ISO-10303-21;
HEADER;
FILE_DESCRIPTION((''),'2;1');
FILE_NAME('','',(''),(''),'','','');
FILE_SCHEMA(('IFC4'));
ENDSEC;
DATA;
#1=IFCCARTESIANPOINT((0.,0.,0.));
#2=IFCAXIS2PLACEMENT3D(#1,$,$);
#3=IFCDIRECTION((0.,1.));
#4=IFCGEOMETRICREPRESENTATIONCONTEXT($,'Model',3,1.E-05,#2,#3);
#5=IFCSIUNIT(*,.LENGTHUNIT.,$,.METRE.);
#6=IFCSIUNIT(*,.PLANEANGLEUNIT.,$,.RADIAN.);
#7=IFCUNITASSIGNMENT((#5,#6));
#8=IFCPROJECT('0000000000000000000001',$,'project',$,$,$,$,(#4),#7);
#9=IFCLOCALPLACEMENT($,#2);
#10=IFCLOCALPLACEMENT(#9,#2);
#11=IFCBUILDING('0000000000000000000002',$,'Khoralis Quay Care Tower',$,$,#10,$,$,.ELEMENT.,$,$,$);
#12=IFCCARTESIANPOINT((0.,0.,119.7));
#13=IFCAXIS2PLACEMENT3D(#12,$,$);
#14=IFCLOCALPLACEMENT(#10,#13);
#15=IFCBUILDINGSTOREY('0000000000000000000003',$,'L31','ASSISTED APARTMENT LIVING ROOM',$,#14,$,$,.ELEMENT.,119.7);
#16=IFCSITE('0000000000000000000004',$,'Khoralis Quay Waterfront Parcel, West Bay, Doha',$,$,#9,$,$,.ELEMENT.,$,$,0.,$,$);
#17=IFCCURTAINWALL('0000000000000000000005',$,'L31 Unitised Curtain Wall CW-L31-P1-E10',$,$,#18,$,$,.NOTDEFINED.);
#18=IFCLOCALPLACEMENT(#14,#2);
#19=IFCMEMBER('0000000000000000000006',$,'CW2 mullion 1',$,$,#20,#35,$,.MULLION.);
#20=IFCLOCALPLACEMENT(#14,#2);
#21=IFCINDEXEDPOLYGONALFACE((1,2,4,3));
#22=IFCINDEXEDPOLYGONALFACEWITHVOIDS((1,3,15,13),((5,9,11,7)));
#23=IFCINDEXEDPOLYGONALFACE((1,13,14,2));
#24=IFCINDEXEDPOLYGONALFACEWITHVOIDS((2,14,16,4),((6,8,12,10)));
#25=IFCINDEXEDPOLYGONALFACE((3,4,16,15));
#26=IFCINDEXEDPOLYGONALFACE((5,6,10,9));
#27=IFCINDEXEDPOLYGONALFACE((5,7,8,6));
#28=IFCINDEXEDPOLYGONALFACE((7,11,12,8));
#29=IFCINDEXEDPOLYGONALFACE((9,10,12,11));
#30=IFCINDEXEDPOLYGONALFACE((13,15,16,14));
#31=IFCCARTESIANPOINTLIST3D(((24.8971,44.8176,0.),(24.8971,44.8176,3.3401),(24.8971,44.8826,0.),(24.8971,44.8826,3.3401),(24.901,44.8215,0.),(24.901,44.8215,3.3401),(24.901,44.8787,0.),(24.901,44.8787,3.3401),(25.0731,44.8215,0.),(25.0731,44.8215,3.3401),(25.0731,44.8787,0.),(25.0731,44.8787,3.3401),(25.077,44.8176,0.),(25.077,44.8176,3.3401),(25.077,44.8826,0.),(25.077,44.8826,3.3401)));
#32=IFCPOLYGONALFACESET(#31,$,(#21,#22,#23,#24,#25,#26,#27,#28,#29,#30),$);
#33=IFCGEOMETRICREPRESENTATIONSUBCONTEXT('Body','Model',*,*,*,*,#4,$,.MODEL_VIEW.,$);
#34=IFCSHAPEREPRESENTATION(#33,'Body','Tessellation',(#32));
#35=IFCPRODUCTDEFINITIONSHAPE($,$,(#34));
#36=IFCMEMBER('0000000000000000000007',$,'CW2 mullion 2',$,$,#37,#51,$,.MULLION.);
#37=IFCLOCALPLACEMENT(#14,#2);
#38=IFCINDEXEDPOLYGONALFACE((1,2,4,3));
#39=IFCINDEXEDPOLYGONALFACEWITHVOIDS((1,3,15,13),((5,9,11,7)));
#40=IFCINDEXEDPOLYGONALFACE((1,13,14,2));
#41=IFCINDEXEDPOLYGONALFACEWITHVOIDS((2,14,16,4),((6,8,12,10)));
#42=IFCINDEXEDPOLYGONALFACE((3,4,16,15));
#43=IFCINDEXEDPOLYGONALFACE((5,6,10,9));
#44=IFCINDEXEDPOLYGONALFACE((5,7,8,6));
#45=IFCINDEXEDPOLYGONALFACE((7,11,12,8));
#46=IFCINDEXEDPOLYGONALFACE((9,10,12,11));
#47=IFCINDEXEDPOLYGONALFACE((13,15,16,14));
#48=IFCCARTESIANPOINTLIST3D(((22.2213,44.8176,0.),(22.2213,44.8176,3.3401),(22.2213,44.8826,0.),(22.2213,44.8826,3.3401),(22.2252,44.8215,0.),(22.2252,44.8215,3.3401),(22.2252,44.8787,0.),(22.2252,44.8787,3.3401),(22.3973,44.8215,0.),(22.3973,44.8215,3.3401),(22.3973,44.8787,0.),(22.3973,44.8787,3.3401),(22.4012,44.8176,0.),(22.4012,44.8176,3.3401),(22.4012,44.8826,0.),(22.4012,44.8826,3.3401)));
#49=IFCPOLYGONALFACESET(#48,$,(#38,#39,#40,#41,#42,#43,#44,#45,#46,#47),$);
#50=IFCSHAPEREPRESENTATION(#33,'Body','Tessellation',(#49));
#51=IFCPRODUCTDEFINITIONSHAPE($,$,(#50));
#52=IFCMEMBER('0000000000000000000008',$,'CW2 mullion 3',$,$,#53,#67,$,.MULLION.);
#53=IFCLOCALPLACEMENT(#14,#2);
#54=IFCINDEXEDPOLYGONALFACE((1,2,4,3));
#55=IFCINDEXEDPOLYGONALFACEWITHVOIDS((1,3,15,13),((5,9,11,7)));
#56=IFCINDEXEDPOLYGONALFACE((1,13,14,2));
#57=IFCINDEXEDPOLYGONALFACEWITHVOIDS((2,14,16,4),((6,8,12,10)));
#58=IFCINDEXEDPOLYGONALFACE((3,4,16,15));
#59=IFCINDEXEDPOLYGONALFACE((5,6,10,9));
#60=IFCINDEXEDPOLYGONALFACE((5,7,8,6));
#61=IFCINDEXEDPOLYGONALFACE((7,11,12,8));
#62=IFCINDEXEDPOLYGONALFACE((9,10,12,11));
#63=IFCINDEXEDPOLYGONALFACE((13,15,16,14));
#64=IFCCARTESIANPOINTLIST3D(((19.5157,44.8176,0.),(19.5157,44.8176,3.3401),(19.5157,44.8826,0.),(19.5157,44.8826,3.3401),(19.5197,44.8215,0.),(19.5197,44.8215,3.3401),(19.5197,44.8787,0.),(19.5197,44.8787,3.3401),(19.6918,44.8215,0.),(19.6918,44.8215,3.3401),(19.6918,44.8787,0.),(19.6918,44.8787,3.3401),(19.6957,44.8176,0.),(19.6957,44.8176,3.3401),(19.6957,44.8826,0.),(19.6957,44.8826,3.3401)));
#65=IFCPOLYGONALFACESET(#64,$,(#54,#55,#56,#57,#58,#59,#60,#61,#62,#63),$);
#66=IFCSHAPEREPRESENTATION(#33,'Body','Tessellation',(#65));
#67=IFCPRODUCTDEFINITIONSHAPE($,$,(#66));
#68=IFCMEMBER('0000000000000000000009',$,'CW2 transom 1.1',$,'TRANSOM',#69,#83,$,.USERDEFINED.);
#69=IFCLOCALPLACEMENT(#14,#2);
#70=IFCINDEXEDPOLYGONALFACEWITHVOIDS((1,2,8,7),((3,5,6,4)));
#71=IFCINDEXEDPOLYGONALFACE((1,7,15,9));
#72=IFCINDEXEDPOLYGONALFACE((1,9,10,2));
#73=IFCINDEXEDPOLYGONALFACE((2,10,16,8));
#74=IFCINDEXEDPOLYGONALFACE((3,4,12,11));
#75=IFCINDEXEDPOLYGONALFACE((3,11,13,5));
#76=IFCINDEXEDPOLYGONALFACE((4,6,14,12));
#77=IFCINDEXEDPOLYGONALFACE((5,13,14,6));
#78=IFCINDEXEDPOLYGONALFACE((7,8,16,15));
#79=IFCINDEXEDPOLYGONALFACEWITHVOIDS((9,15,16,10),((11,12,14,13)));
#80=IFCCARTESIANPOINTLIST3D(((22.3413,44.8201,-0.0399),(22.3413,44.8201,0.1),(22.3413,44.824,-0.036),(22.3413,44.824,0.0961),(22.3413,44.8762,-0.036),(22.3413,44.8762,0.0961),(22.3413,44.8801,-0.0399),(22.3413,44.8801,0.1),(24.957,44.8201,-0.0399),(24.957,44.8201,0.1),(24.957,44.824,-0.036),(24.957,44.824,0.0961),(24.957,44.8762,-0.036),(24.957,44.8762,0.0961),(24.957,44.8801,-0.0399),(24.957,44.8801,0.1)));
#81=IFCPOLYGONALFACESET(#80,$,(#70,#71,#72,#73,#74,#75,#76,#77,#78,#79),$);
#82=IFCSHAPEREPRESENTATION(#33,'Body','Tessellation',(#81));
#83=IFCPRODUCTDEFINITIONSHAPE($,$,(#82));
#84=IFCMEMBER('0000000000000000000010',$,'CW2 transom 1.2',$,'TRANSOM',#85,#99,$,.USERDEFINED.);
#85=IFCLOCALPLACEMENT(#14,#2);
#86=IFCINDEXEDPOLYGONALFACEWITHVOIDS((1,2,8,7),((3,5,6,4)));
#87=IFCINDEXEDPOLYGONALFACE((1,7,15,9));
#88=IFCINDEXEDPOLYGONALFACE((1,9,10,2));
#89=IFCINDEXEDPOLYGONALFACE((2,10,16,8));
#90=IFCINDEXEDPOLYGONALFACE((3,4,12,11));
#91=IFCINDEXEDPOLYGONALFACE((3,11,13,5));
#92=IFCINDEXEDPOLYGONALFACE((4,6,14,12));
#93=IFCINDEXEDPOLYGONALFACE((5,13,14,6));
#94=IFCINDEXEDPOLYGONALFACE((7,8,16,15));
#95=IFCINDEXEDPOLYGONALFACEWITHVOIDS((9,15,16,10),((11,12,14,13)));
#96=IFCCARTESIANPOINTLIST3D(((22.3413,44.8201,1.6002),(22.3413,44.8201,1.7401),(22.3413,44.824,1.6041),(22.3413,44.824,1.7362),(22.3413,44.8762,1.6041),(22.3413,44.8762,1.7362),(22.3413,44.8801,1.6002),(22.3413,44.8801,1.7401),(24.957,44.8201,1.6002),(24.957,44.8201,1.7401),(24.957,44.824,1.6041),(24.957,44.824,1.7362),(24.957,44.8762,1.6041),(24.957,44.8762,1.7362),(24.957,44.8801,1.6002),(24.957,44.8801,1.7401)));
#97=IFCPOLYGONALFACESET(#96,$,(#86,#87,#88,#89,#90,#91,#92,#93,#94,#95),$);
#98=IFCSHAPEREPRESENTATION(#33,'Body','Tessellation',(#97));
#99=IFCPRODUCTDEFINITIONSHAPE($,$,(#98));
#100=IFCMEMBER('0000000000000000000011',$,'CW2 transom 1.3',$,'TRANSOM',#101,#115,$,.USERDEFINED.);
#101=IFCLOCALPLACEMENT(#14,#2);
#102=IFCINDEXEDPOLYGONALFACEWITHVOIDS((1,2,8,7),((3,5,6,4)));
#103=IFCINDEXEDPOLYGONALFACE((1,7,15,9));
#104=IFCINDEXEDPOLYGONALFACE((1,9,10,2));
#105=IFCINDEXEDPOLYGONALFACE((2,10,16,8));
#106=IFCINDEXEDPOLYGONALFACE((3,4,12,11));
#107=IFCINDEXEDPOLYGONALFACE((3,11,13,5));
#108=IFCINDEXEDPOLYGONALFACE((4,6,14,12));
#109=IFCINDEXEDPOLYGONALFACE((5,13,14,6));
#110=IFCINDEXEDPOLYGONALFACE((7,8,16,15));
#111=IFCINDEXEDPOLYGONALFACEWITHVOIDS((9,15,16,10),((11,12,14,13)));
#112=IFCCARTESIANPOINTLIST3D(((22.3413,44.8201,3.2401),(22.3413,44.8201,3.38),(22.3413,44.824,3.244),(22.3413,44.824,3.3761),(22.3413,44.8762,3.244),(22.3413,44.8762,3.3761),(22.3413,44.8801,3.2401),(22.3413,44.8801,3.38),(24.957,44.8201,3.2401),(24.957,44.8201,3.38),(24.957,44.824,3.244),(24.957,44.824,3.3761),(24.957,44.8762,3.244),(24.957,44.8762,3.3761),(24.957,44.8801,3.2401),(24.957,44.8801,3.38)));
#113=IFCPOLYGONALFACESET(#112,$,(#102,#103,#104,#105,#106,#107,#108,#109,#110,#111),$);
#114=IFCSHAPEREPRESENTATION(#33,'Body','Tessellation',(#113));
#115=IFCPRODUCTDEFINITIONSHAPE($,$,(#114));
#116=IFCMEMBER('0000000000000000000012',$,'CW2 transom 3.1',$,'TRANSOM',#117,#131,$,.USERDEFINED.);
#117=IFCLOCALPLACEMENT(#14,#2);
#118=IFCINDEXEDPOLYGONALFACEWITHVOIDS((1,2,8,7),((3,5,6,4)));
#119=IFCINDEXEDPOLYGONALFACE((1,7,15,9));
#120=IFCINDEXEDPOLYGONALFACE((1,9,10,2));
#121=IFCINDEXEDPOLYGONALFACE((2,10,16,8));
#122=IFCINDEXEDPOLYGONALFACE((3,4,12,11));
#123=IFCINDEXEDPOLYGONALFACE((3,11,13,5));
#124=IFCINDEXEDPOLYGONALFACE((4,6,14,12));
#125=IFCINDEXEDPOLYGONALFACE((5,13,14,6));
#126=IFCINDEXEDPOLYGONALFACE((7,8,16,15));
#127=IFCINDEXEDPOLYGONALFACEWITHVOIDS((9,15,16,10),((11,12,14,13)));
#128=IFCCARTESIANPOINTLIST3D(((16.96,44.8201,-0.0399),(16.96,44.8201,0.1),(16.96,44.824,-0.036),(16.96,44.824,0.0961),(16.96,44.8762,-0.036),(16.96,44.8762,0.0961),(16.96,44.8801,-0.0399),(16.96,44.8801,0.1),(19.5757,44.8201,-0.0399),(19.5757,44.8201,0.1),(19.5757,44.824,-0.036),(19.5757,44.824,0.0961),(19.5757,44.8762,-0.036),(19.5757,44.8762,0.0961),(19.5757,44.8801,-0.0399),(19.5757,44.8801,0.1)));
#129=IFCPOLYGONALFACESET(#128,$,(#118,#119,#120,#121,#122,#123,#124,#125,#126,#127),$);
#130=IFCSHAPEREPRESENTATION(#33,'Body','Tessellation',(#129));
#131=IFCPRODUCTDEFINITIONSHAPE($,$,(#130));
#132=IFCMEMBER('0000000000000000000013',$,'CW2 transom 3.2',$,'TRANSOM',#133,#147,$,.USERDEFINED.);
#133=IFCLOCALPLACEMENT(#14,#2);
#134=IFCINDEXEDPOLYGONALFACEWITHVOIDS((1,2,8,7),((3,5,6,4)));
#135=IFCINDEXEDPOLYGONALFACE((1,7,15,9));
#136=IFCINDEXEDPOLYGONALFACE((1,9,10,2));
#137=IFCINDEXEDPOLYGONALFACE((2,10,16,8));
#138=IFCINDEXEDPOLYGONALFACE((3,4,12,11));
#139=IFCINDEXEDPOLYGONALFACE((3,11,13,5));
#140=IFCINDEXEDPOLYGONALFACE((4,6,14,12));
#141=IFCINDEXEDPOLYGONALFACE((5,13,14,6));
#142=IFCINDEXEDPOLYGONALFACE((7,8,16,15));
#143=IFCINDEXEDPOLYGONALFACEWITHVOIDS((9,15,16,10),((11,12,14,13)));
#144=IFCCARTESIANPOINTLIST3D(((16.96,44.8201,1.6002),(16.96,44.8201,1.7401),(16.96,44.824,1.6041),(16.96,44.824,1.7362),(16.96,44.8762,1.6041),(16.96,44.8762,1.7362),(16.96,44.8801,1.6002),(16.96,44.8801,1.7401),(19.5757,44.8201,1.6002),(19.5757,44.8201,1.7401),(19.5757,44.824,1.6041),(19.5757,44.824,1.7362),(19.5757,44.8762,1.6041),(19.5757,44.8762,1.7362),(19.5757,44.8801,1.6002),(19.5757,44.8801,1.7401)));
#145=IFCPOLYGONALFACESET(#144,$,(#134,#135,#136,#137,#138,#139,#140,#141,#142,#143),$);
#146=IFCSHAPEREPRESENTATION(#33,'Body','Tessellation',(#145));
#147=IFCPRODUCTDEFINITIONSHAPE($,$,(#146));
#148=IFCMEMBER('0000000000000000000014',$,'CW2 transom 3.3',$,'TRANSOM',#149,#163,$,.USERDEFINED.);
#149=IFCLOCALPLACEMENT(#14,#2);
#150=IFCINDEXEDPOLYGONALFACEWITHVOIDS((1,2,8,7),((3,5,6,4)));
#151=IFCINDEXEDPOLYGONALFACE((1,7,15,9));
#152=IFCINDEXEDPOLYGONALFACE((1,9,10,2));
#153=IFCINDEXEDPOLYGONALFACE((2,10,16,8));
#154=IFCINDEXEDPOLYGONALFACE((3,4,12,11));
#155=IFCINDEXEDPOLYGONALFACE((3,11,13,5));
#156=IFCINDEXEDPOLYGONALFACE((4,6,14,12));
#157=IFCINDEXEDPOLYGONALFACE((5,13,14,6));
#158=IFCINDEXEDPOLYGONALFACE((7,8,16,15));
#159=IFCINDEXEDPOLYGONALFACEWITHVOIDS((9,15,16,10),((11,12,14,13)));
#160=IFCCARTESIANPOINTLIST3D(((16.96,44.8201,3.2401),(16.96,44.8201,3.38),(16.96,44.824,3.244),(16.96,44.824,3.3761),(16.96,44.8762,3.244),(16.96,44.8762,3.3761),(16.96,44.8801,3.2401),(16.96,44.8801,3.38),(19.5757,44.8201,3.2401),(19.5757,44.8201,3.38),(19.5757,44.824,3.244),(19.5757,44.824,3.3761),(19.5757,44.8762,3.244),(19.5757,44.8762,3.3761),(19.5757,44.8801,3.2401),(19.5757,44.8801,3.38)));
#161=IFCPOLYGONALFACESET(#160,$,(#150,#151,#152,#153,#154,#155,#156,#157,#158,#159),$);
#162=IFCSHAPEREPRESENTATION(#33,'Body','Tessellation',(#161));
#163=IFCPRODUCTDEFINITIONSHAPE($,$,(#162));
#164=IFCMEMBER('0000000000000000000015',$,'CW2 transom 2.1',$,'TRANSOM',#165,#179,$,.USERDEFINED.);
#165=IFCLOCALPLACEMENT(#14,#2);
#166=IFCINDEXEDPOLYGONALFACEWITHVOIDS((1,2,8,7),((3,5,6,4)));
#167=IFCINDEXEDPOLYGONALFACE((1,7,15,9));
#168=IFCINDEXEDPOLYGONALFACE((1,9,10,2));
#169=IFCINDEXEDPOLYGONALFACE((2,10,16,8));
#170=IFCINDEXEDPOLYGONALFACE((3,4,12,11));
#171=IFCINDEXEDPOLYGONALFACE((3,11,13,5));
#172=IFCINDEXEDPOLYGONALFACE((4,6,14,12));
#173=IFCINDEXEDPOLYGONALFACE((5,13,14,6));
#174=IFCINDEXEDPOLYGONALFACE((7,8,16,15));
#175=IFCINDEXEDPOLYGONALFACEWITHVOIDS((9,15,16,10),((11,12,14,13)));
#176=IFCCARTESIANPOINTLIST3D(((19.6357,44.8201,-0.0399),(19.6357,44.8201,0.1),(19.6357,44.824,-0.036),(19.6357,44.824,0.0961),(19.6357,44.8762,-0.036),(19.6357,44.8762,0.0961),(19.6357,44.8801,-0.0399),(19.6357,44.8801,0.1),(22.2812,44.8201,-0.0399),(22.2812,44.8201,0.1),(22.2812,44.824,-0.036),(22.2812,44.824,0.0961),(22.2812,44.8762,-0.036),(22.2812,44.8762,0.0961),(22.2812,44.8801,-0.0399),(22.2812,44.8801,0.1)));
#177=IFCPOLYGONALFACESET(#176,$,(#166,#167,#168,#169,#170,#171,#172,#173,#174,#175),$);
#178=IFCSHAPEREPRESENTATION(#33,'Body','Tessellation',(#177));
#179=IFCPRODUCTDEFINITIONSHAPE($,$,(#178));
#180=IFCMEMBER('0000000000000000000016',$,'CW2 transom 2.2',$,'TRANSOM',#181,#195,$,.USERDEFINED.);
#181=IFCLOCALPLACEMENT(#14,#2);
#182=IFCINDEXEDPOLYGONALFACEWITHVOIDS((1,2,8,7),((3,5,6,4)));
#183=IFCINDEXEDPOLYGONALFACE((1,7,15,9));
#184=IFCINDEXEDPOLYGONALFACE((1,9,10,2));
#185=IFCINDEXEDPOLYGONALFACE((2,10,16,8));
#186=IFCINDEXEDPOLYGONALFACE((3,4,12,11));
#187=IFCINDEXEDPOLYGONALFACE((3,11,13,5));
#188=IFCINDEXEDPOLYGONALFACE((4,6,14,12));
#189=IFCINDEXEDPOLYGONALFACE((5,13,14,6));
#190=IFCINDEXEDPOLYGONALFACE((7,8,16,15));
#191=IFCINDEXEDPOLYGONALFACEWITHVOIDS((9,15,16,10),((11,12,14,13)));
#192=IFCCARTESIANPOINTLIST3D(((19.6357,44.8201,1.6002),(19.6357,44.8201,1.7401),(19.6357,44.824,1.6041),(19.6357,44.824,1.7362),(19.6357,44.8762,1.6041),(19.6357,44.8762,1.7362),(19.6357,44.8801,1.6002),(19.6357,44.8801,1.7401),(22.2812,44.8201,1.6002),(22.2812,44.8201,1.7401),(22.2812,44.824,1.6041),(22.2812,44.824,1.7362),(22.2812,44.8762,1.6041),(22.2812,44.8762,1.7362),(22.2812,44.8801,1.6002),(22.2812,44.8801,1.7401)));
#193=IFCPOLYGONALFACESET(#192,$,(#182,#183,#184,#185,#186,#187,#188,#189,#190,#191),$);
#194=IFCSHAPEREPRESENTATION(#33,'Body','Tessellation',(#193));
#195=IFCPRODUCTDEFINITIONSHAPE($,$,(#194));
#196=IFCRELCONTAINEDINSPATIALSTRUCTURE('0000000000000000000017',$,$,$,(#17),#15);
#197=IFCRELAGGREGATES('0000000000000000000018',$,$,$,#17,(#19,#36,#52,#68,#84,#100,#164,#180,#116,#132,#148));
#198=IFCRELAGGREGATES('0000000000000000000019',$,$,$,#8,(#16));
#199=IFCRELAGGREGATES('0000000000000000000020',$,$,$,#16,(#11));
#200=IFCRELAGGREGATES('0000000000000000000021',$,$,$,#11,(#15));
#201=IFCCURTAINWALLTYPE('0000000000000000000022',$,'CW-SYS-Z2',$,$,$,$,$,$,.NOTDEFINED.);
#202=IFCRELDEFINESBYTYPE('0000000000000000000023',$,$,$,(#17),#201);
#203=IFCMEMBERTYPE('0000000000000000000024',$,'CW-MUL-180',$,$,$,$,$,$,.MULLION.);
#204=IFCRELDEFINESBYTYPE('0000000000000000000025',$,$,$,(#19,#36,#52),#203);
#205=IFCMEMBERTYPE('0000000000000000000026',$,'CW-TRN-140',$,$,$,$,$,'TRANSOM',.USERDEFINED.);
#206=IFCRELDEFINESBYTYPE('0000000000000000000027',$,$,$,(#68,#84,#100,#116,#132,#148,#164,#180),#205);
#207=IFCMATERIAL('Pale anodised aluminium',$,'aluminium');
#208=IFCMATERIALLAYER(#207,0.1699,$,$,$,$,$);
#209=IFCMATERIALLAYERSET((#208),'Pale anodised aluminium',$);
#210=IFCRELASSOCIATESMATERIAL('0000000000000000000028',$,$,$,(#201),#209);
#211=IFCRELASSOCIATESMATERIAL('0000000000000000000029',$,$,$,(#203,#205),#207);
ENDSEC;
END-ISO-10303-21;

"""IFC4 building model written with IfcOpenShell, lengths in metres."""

from ifc_helpers import new_model, si_unit, direction, frame, origin, origin_2d, place, context, subcontext, project, spatial, hollow_rectangle, extrude, source, transform, mapped, material, layer, layer_set, material_profile, profile_set, type_object, element, aggregate, save


model = new_model("IFC4")

# Units and contexts
model_context = context("Model", 3, precision=1e-05, world=origin(), true_north=direction((0.0, 1.0)))
body_context = subcontext(model_context, "Body", "Model", "MODEL_VIEW")
ifc_project = project(units=[si_unit("LENGTHUNIT", "METRE"), si_unit("PLANEANGLEUNIT", "RADIAN")], contexts=[model_context])

# Site, building, storey
site_placement = place(None, origin())
site = spatial("IfcSite", under=ifc_project, at=site_placement, Name="Khoralis Quay Waterfront Parcel, West Bay, Doha", CompositionType="ELEMENT", RefElevation=0.0)
building_placement = place(site_placement, origin())
building = spatial("IfcBuilding", under=site, at=building_placement, Name="Khoralis Quay Care Tower", CompositionType="ELEMENT")
storey_placement = place(building_placement, frame((0.0, 0.0, 119.7)))
storey = spatial("IfcBuildingStorey", under=building, at=storey_placement, Name="L31", Description="ASSISTED APARTMENT LIVING ROOM", CompositionType="ELEMENT", Elevation=119.7)

# Curtain wall, members
ifc_material_1 = material(Name="Pale anodised aluminium", Category="aluminium")
ifc_layer_1 = layer(ifc_material_1, 0.1699)
ifc_layer_set_1 = layer_set([ifc_layer_1], Name="Pale anodised aluminium")
curtain_wall_type = type_object("IfcCurtainWallType", Name="CW-SYS-Z2", PredefinedType="NOTDEFINED", material=ifc_layer_set_1)
curtain_wall_placement = place(storey_placement, origin())
curtain_wall = element("IfcCurtainWall", 1, at=curtain_wall_placement, inside=storey, type_object=curtain_wall_type, Name="L31 Unitised Curtain Wall CW-L31-P1-E10", PredefinedType="NOTDEFINED")
ifc_material_profile_1 = material_profile(ifc_material_1, hollow_rectangle(XDim=0.0649, YDim=0.1799, WallThickness=0.0039, at=origin_2d()), Name="Pale anodised aluminium")
ifc_profile_set_1 = profile_set([ifc_material_profile_1], Name="Pale anodised aluminium")
member_type_1 = type_object("IfcMemberType", Name="CW-MUL-180", PredefinedType="MULLION", material=ifc_profile_set_1)
shared_shape_1 = source(origin(), body_context, "Body", "SweptSolid", [
    extrude(hollow_rectangle(XDim=0.0649, YDim=0.1799, WallThickness=0.0039, at=origin_2d()), origin(), (0.0, 0.0, 1.0), 3.3401),
])
member_1_placement = place(storey_placement, frame((24.9871, 44.8501, 0.0), z_axis=(0.0, 0.0, 1.0), x_axis=(0.0, -1.0, 0.0)))
member_1 = element("IfcMember", 2, at=member_1_placement, type_object=member_type_1, Name="CW2 mullion 1", PredefinedType="MULLION", context=body_context, shape_type="MappedRepresentation", body=[
    mapped(shared_shape_1, transform((0.0, 0.0, 0.0), scale=1.0)),
])
member_2_placement = place(storey_placement, frame((22.3113, 44.8501, 0.0), z_axis=(0.0, 0.0, 1.0), x_axis=(0.0, -1.0, 0.0)))
member_2 = element("IfcMember", 3, at=member_2_placement, type_object=member_type_1, Name="CW2 mullion 2", PredefinedType="MULLION", context=body_context, shape_type="MappedRepresentation", body=[
    mapped(shared_shape_1, transform((0.0, 0.0, 0.0), scale=1.0)),
])
member_3_placement = place(storey_placement, frame((19.6057, 44.8501, 0.0), z_axis=(0.0, 0.0, 1.0), x_axis=(0.0, -1.0, 0.0)))
member_3 = element("IfcMember", 4, at=member_3_placement, type_object=member_type_1, Name="CW2 mullion 3", PredefinedType="MULLION", context=body_context, shape_type="MappedRepresentation", body=[
    mapped(shared_shape_1, transform((0.0, 0.0, 0.0), scale=1.0)),
])
ifc_material_profile_2 = material_profile(ifc_material_1, hollow_rectangle(XDim=0.0601, YDim=0.1399, WallThickness=0.0039, at=origin_2d()), Name="Pale anodised aluminium")
ifc_profile_set_2 = profile_set([ifc_material_profile_2], Name="Pale anodised aluminium")
member_type_2 = type_object("IfcMemberType", Name="CW-TRN-140", ElementType="TRANSOM", PredefinedType="USERDEFINED", material=ifc_profile_set_2)
shared_shape_2 = source(origin(), body_context, "Body", "SweptSolid", [
    extrude(hollow_rectangle(XDim=0.0601, YDim=0.1399, WallThickness=0.0039, at=origin_2d()), origin(), (0.0, 0.0, 1.0), 2.6157),
])
member_4_placement = place(storey_placement, frame((24.957, 44.8501, 0.03), z_axis=(-1.0, 0.0, 0.0), x_axis=(0.0, -1.0, 0.0)))
member_4 = element("IfcMember", 5, at=member_4_placement, type_object=member_type_2, Name="CW2 transom 1.1", ObjectType="TRANSOM", PredefinedType="USERDEFINED", context=body_context, shape_type="MappedRepresentation", body=[
    mapped(shared_shape_2, transform((0.0, 0.0, 0.0), scale=1.0)),
])
member_5_placement = place(storey_placement, frame((24.957, 44.8501, 1.6702), z_axis=(-1.0, 0.0, 0.0), x_axis=(0.0, -1.0, 0.0)))
member_5 = element("IfcMember", 6, at=member_5_placement, type_object=member_type_2, Name="CW2 transom 1.2", ObjectType="TRANSOM", PredefinedType="USERDEFINED", context=body_context, shape_type="MappedRepresentation", body=[
    mapped(shared_shape_2, transform((0.0, 0.0, 0.0), scale=1.0)),
])
member_6_placement = place(storey_placement, frame((24.957, 44.8501, 3.3101), z_axis=(-1.0, 0.0, 0.0), x_axis=(0.0, -1.0, 0.0)))
member_6 = element("IfcMember", 7, at=member_6_placement, type_object=member_type_2, Name="CW2 transom 1.3", ObjectType="TRANSOM", PredefinedType="USERDEFINED", context=body_context, shape_type="MappedRepresentation", body=[
    mapped(shared_shape_2, transform((0.0, 0.0, 0.0), scale=1.0)),
])
member_7_placement = place(storey_placement, frame((19.5757, 44.8501, 0.03), z_axis=(-1.0, 0.0, 0.0), x_axis=(0.0, -1.0, 0.0)))
member_7 = element("IfcMember", 8, at=member_7_placement, type_object=member_type_2, Name="CW2 transom 3.1", ObjectType="TRANSOM", PredefinedType="USERDEFINED", context=body_context, shape_type="MappedRepresentation", body=[
    mapped(shared_shape_2, transform((0.0, 0.0, 0.0), scale=1.0)),
])
member_8_placement = place(storey_placement, frame((19.5757, 44.8501, 1.6702), z_axis=(-1.0, 0.0, 0.0), x_axis=(0.0, -1.0, 0.0)))
member_8 = element("IfcMember", 9, at=member_8_placement, type_object=member_type_2, Name="CW2 transom 3.2", ObjectType="TRANSOM", PredefinedType="USERDEFINED", context=body_context, shape_type="MappedRepresentation", body=[
    mapped(shared_shape_2, transform((0.0, 0.0, 0.0), scale=1.0)),
])
member_9_placement = place(storey_placement, frame((19.5757, 44.8501, 3.3101), z_axis=(-1.0, 0.0, 0.0), x_axis=(0.0, -1.0, 0.0)))
member_9 = element("IfcMember", 10, at=member_9_placement, type_object=member_type_2, Name="CW2 transom 3.3", ObjectType="TRANSOM", PredefinedType="USERDEFINED", context=body_context, shape_type="MappedRepresentation", body=[
    mapped(shared_shape_2, transform((0.0, 0.0, 0.0), scale=1.0)),
])
shared_shape_3 = source(origin(), body_context, "Body", "SweptSolid", [
    extrude(hollow_rectangle(XDim=0.0601, YDim=0.1399, WallThickness=0.0039, at=origin_2d()), origin(), (0.0, 0.0, 1.0), 2.6455),
])
member_10_placement = place(storey_placement, frame((22.2812, 44.8501, 0.03), z_axis=(-1.0, 0.0, 0.0), x_axis=(0.0, -1.0, 0.0)))
member_10 = element("IfcMember", 11, at=member_10_placement, type_object=member_type_2, Name="CW2 transom 2.1", ObjectType="TRANSOM", PredefinedType="USERDEFINED", context=body_context, shape_type="MappedRepresentation", body=[
    mapped(shared_shape_3, transform((0.0, 0.0, 0.0), scale=1.0)),
])
member_11_placement = place(storey_placement, frame((22.2812, 44.8501, 1.6702), z_axis=(-1.0, 0.0, 0.0), x_axis=(0.0, -1.0, 0.0)))
member_11 = element("IfcMember", 12, at=member_11_placement, type_object=member_type_2, Name="CW2 transom 2.2", ObjectType="TRANSOM", PredefinedType="USERDEFINED", context=body_context, shape_type="MappedRepresentation", body=[
    mapped(shared_shape_3, transform((0.0, 0.0, 0.0), scale=1.0)),
])
aggregate(curtain_wall, [member_1, member_2, member_3, member_4, member_5, member_6, member_10, member_11, member_7, member_8, member_9])

save(model, "model.ifc")
